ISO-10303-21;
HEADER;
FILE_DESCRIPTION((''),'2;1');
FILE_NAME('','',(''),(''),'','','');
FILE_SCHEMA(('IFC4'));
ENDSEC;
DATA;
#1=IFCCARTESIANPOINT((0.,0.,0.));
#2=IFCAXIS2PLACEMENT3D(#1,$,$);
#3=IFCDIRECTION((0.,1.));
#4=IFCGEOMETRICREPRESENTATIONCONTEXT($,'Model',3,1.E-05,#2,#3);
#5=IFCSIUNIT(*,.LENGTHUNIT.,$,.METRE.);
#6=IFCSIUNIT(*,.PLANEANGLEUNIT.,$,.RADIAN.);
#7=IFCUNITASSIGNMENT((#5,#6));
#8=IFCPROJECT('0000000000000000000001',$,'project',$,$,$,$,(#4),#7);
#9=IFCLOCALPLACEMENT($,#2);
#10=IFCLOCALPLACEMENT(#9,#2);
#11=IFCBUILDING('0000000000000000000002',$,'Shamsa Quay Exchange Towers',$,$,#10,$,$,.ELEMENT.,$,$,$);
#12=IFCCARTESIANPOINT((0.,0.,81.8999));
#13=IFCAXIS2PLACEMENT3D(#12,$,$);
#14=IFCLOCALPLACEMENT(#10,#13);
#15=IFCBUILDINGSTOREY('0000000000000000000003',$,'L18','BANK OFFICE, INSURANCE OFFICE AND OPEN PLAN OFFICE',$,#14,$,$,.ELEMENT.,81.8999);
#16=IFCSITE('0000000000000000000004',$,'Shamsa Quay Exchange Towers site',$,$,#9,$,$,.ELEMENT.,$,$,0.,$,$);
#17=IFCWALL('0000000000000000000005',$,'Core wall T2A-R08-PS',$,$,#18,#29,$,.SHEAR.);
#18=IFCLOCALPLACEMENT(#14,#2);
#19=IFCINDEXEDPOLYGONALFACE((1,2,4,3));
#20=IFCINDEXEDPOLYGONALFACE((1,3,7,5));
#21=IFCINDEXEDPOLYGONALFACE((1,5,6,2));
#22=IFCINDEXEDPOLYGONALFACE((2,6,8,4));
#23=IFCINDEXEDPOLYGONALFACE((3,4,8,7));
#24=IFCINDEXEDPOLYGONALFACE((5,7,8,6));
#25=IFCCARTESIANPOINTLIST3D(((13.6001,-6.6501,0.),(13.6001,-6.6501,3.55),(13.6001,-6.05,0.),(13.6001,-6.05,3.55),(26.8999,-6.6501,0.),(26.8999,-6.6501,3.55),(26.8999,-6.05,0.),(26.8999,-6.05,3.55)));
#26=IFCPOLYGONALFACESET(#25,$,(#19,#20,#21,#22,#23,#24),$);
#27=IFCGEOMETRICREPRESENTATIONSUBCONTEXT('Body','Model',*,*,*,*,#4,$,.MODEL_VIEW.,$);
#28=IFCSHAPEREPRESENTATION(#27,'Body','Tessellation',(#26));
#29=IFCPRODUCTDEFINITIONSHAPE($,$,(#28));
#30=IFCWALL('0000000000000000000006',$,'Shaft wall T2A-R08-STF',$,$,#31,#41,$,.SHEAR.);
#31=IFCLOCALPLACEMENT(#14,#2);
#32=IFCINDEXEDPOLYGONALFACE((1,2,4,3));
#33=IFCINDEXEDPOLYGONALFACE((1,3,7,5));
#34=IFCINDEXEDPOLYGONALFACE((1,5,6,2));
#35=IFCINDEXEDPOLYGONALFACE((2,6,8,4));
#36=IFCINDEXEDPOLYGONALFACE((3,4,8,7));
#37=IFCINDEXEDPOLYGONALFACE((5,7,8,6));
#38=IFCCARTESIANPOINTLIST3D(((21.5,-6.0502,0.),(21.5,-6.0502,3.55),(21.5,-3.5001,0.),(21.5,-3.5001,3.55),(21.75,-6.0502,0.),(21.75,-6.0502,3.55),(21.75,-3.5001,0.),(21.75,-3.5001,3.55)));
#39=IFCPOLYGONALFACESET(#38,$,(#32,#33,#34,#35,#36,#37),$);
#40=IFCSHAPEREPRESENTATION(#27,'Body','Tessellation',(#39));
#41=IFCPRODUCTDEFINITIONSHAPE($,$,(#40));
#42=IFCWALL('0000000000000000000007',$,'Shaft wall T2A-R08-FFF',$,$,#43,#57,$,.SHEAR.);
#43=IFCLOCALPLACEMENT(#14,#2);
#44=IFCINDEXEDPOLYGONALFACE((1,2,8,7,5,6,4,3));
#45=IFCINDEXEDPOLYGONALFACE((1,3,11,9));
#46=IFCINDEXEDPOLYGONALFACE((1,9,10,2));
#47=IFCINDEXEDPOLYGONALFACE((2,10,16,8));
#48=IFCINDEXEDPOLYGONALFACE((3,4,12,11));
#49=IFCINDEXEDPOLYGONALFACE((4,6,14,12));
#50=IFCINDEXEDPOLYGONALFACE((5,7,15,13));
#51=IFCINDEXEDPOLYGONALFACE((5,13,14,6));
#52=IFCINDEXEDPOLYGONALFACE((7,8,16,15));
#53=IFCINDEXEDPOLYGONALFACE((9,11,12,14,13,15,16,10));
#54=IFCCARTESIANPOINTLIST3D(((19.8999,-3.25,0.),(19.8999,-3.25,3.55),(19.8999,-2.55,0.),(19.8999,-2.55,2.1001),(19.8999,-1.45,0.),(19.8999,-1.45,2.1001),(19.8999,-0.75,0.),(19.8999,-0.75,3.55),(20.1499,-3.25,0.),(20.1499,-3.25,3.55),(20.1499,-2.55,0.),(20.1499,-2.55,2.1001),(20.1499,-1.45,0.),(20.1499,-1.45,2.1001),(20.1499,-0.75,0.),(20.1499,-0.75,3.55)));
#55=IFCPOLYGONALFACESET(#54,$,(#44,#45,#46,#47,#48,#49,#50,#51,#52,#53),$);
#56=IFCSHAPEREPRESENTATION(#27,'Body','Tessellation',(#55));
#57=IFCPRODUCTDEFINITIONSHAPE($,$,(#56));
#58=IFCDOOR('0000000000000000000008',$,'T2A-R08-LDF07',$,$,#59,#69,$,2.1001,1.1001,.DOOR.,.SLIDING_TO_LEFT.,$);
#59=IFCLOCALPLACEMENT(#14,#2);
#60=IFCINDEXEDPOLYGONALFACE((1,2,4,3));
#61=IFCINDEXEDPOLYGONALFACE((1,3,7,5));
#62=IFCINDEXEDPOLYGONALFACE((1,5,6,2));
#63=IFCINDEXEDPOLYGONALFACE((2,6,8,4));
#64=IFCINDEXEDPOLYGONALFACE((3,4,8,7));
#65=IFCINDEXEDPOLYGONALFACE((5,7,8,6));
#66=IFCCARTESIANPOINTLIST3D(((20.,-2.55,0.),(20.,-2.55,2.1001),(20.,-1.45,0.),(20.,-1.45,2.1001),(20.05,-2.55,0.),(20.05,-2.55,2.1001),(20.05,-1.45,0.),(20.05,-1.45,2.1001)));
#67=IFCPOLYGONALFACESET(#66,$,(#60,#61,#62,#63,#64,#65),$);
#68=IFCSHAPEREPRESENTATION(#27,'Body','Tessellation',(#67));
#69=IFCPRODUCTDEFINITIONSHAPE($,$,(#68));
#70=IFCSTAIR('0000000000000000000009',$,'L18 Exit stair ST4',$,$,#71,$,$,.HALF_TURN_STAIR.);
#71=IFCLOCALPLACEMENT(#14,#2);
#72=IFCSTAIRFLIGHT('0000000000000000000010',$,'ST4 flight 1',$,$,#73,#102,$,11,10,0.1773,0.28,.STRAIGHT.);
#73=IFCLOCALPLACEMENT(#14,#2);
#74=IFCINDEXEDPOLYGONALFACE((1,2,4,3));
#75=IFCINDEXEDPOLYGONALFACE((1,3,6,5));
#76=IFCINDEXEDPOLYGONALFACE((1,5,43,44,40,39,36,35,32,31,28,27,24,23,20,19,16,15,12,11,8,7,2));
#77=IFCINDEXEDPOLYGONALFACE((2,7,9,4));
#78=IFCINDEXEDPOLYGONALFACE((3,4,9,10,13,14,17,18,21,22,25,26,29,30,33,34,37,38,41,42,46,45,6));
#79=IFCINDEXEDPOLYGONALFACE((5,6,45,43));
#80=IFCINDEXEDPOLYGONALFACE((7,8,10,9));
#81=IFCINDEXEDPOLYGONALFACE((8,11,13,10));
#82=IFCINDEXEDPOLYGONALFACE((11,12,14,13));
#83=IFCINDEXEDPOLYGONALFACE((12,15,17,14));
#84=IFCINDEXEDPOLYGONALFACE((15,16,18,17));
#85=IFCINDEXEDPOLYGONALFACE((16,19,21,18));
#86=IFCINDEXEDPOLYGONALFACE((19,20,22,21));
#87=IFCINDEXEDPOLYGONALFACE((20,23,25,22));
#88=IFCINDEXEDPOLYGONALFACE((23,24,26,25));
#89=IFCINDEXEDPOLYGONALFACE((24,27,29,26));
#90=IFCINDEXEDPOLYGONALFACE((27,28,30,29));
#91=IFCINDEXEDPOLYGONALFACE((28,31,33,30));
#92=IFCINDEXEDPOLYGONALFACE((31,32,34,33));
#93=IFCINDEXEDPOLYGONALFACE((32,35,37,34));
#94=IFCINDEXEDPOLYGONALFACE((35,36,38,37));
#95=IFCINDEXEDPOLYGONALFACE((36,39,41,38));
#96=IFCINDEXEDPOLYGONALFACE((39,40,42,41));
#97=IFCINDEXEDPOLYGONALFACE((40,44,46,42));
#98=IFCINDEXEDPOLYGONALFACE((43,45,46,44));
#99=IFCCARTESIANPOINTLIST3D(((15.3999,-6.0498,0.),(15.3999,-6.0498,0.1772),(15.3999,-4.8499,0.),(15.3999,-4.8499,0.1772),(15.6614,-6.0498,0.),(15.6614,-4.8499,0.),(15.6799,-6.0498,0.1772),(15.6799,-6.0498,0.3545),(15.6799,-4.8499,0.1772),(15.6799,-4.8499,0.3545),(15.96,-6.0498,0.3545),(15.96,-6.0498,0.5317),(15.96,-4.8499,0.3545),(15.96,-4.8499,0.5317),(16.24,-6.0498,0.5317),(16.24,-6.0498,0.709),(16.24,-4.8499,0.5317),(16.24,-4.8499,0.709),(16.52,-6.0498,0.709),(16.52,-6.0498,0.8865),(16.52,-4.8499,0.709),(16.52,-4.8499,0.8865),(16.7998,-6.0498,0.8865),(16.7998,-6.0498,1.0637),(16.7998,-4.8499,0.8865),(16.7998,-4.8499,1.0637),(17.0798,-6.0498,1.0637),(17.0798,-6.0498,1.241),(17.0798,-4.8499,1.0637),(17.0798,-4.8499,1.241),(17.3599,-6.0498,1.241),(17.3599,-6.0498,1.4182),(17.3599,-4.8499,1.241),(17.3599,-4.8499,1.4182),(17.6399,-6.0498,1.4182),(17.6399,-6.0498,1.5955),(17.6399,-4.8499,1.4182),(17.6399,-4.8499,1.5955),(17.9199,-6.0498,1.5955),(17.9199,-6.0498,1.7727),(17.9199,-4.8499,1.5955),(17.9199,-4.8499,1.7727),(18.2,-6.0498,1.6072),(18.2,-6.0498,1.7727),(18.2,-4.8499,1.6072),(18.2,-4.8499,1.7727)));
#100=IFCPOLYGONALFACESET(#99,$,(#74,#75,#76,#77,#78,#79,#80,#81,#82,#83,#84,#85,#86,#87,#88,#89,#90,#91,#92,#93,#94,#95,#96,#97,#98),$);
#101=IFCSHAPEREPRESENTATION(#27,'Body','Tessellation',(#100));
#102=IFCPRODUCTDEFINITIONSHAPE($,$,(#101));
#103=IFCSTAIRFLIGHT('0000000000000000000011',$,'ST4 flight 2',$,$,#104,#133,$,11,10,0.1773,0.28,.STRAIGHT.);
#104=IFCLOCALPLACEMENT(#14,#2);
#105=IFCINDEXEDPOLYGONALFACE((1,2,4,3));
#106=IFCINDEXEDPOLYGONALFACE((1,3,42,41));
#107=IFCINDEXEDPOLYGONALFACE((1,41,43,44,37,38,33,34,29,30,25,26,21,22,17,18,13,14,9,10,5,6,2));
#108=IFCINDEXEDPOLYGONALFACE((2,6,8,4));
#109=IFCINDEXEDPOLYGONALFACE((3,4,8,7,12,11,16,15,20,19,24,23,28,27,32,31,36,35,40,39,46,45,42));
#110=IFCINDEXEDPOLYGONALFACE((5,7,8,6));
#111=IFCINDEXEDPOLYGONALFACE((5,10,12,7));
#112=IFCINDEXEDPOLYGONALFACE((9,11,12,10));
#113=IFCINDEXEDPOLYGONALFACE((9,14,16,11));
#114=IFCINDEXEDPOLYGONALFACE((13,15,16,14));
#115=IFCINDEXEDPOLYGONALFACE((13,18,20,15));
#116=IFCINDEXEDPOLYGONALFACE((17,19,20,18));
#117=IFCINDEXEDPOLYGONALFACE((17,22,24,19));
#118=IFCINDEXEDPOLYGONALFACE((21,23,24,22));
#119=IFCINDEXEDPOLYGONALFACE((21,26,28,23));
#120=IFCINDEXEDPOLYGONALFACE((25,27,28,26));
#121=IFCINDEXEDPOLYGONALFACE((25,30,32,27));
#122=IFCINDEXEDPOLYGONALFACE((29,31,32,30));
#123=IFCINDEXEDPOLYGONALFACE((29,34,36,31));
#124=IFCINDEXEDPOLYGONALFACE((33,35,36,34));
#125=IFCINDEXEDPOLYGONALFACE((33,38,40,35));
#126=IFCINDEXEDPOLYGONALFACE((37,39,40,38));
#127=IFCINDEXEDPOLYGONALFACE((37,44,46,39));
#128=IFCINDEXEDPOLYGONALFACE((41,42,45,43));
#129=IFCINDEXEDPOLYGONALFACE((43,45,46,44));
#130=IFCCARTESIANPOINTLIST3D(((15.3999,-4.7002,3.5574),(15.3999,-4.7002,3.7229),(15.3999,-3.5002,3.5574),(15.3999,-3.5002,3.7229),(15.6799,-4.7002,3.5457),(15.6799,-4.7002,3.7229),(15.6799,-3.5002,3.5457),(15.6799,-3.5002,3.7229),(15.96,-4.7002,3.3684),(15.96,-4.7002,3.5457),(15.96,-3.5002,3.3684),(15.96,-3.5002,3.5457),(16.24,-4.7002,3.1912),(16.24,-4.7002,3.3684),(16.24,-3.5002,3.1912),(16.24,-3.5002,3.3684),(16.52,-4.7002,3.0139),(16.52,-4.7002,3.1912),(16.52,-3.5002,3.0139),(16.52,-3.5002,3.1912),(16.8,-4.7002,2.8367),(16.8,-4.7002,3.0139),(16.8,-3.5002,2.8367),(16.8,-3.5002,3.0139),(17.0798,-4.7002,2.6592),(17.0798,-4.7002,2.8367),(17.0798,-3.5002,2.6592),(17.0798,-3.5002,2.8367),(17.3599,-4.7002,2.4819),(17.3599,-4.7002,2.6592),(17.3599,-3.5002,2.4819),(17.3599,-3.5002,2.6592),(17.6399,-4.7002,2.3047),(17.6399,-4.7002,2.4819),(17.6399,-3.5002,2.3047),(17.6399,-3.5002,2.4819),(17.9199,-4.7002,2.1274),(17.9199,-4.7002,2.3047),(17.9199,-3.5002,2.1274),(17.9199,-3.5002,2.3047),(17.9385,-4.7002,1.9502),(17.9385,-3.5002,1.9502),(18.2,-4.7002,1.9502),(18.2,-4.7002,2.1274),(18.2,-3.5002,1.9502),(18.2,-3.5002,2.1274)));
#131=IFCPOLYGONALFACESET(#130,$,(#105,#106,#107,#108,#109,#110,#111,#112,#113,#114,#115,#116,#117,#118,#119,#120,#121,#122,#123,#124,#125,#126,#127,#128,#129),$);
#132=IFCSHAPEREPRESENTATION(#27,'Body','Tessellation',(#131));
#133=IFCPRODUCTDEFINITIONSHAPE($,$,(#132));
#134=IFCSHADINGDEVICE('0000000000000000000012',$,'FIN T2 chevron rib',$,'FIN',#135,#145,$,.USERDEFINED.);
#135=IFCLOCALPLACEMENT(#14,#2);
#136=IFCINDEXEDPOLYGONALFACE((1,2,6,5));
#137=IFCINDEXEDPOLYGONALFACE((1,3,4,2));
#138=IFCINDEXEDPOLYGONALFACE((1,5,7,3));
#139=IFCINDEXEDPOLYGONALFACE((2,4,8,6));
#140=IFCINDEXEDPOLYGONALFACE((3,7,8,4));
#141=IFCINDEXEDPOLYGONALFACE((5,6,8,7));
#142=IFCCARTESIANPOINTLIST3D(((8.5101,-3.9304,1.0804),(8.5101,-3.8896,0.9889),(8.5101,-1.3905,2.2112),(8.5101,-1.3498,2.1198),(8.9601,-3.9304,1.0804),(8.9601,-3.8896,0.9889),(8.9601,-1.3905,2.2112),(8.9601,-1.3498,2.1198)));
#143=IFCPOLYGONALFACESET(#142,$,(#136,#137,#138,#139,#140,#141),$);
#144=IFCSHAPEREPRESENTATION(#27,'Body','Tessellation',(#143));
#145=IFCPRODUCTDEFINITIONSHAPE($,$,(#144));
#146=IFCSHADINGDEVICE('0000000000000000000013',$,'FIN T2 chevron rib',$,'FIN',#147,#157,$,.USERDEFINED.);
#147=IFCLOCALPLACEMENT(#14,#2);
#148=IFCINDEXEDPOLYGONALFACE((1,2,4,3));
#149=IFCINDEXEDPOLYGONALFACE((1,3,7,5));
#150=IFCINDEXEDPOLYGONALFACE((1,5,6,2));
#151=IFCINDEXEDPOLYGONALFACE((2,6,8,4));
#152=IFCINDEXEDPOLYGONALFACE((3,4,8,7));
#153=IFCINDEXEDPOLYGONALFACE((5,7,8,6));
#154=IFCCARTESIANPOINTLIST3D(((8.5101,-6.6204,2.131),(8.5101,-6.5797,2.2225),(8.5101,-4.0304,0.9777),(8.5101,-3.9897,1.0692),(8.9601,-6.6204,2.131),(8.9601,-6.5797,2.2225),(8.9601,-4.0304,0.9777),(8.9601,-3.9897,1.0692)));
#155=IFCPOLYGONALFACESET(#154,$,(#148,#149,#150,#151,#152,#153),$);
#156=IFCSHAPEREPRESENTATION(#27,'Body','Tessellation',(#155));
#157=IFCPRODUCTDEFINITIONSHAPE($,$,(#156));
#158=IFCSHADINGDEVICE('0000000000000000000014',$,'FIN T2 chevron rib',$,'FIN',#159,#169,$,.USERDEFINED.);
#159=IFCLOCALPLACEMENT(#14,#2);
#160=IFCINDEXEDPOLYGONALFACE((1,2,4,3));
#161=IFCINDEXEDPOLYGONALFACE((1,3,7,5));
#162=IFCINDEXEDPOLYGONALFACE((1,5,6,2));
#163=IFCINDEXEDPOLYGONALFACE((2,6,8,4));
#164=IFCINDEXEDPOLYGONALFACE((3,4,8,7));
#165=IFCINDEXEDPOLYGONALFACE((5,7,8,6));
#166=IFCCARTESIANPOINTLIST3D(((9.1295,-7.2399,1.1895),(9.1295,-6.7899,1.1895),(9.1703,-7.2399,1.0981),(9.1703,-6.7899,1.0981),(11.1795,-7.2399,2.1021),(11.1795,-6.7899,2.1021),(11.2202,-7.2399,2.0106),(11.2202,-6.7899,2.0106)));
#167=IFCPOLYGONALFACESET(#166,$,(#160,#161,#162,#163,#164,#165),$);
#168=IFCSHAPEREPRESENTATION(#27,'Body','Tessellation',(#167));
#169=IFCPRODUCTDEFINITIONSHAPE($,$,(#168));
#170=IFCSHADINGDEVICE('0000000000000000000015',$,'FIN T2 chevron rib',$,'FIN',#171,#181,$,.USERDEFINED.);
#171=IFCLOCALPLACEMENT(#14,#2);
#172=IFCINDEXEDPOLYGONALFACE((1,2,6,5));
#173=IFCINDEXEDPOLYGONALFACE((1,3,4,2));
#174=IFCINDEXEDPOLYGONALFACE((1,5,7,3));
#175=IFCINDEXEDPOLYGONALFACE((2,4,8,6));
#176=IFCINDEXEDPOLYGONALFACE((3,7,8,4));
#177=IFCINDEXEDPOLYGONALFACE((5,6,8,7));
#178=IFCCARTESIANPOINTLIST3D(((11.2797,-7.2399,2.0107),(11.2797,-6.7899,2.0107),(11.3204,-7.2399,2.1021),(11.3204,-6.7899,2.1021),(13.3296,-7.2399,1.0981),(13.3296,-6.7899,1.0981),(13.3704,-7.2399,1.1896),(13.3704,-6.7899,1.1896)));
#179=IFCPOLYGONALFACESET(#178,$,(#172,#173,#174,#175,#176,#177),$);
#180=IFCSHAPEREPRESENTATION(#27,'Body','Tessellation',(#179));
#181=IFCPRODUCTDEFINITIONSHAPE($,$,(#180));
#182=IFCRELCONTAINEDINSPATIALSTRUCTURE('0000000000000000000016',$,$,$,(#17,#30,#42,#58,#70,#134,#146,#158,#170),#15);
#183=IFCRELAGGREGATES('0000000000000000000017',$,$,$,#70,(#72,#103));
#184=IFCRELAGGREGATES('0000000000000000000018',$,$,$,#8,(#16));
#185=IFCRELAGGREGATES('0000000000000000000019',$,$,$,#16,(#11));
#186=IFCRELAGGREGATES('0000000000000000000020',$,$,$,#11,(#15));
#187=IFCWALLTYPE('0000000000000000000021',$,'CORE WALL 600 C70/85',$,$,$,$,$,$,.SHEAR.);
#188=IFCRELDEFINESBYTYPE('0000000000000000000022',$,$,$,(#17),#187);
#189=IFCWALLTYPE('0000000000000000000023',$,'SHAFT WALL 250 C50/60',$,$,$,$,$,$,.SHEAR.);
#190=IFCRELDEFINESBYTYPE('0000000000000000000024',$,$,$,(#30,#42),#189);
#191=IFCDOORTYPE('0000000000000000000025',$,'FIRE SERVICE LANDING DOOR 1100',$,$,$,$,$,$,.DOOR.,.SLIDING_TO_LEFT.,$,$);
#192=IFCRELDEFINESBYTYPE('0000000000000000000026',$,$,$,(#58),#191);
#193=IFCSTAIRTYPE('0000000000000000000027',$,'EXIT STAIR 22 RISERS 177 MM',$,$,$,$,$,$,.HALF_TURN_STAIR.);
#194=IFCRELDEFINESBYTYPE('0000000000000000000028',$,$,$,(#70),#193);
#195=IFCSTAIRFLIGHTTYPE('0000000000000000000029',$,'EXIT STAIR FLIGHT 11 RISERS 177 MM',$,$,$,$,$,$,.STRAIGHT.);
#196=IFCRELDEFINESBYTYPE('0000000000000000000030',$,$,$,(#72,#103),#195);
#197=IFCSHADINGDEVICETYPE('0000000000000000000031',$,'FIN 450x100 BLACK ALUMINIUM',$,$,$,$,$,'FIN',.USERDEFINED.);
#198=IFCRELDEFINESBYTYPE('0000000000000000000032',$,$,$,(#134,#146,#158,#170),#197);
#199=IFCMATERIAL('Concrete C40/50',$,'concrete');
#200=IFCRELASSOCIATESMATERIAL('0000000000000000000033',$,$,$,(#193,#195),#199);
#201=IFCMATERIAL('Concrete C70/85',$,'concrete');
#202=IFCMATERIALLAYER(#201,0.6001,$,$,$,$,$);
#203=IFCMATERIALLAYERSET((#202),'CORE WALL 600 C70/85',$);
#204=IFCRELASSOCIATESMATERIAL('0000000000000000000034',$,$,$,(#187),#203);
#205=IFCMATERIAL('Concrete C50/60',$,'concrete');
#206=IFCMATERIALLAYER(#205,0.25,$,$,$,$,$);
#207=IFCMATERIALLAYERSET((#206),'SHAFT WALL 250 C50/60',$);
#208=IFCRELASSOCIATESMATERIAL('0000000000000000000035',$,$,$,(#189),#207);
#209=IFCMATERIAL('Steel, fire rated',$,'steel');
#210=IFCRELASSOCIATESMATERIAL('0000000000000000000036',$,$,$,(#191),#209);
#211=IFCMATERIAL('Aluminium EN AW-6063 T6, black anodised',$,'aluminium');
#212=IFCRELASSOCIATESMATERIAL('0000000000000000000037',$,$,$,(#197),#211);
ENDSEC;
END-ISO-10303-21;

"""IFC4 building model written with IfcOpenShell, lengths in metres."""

from ifc_helpers import new_model, si_unit, direction, frame, frame_2d, origin, origin_2d, place, context, subcontext, project, spatial, polyline, rectangle, outline, extrude, material, layer, layer_set, material_profile, profile_set, type_object, element, fill, aggregate, save


model = new_model("IFC4")

# Units and contexts
model_context = context("Model", 3, precision=1e-05, world=origin(), true_north=direction((0.0, 1.0)))
body_context = subcontext(model_context, "Body", "Model", "MODEL_VIEW")
ifc_project = project(units=[si_unit("LENGTHUNIT", "METRE"), si_unit("PLANEANGLEUNIT", "RADIAN")], contexts=[model_context])

# Site, building, storey
site_placement = place(None, origin())
site = spatial("IfcSite", under=ifc_project, at=site_placement, Name="Shamsa Quay Exchange Towers site", CompositionType="ELEMENT", RefElevation=0.0)
building_placement = place(site_placement, origin())
building = spatial("IfcBuilding", under=site, at=building_placement, Name="Shamsa Quay Exchange Towers", CompositionType="ELEMENT")
storey_placement = place(building_placement, frame((0.0, 0.0, 81.8999)))
storey = spatial("IfcBuildingStorey", under=building, at=storey_placement, Name="L18", Description="BANK OFFICE, INSURANCE OFFICE AND OPEN PLAN OFFICE", CompositionType="ELEMENT", Elevation=81.8999)

# Shared definitions
ifc_material_1 = material(Name="Aluminium EN AW-6063 T6, black anodised", Category="aluminium")

# Shared definitions
ifc_material_2 = material(Name="Concrete C40/50", Category="concrete")
stair_type = type_object("IfcStairType", Name="EXIT STAIR 22 RISERS 177 MM", PredefinedType="HALF_TURN_STAIR", material=ifc_material_2)

# Walls
ifc_material_3 = material(Name="Concrete C70/85", Category="concrete")
ifc_layer_1 = layer(ifc_material_3, 0.6001)
ifc_layer_set_1 = layer_set([ifc_layer_1], Name="CORE WALL 600 C70/85")
wall_type_1 = type_object("IfcWallType", Name="CORE WALL 600 C70/85", PredefinedType="SHEAR", material=ifc_layer_set_1)
wall_1_placement = place(storey_placement, frame((13.6001, -6.3501, 0.0)))
element("IfcWall", 1, at=wall_1_placement, inside=storey, type_object=wall_type_1, Name="Core wall T2A-R08-PS", PredefinedType="SHEAR", context=body_context, shape_type="SweptSolid", body=[
    extrude(rectangle(XDim=13.2998, YDim=0.6001, at=frame_2d((6.6499, 0.0))), origin(), (0.0, 0.0, 1.0), 3.55),
])
ifc_material_4 = material(Name="Concrete C50/60", Category="concrete")
ifc_layer_2 = layer(ifc_material_4, 0.25)
ifc_layer_set_2 = layer_set([ifc_layer_2], Name="SHAFT WALL 250 C50/60")
wall_type_2 = type_object("IfcWallType", Name="SHAFT WALL 250 C50/60", PredefinedType="SHEAR", material=ifc_layer_set_2)
wall_2_placement = place(storey_placement, frame((21.625, -6.05, 0.0), z_axis=(0.0, 0.0, 1.0), x_axis=(0.0, 1.0, 0.0)))
element("IfcWall", 2, at=wall_2_placement, inside=storey, type_object=wall_type_2, Name="Shaft wall T2A-R08-STF", PredefinedType="SHEAR", context=body_context, shape_type="SweptSolid", body=[
    extrude(rectangle(XDim=2.55, YDim=0.25, at=frame_2d((1.2749, 0.0))), origin(), (0.0, 0.0, 1.0), 3.55),
])

# Wall, opening, door
wall_3_placement = place(storey_placement, frame((20.0249, -3.25, 0.0), z_axis=(0.0, 0.0, 1.0), x_axis=(0.0, 1.0, 0.0)))
wall_3 = element("IfcWall", 3, at=wall_3_placement, inside=storey, type_object=wall_type_2, Name="Shaft wall T2A-R08-FFF", PredefinedType="SHEAR", context=body_context, shape_type="SweptSolid", body=[
    extrude(rectangle(XDim=2.5, YDim=0.25, at=frame_2d((1.25, 0.0))), origin(), (0.0, 0.0, 1.0), 3.55),
])
opening_placement = place(wall_3_placement, frame((0.7, 0.0, 0.0)))
opening = element("IfcOpeningElement", 4, at=opening_placement, cuts=wall_3, PredefinedType="OPENING", context=body_context, shape_type="SweptSolid", body=[
    extrude(rectangle(XDim=1.1001, YDim=2.1001, at=frame_2d((0.55, 1.05))), frame((0.0, 0.135, 0.0), z_axis=(0.0, -1.0, 0.0), x_axis=(1.0, 0.0, 0.0)), (0.0, 0.0, 1.0), 0.27),
])
ifc_material_5 = material(Name="Steel, fire rated", Category="steel")
door_type = type_object("IfcDoorType", Name="FIRE SERVICE LANDING DOOR 1100", OperationType="SLIDING_TO_LEFT", PredefinedType="DOOR", material=ifc_material_5)
door_placement = place(opening_placement, origin())
door = element("IfcDoor", 5, at=door_placement, inside=storey, type_object=door_type, Name="T2A-R08-LDF07", OperationType="SLIDING_TO_LEFT", OverallHeight=2.1001, OverallWidth=1.1001, PredefinedType="DOOR", context=body_context, shape_type="SweptSolid", body=[
    extrude(rectangle(XDim=1.1001, YDim=2.1001, at=frame_2d((0.55, 1.05))), frame((0.0, 0.0249, 0.0), z_axis=(0.0, -1.0, 0.0), x_axis=(1.0, 0.0, 0.0)), (0.0, 0.0, 1.0), 0.05),
])
fill(opening, door)

# Stair, stair flights
stair_1_placement = place(storey_placement, origin())
stair_1 = element("IfcStair", 6, at=stair_1_placement, inside=storey, type_object=stair_type, Name="L18 Exit stair ST4", PredefinedType="HALF_TURN_STAIR")
stair_flight_type = type_object("IfcStairFlightType", Name="EXIT STAIR FLIGHT 11 RISERS 177 MM", PredefinedType="STRAIGHT", material=ifc_material_2)
stair_flight_1_placement = place(storey_placement, frame((15.3999, -5.45, 0.0)))
stair_flight_1 = element("IfcStairFlight", 7, at=stair_flight_1_placement, type_object=stair_flight_type, Name="ST4 flight 1", NumberOfRisers=11, NumberOfTreads=10, PredefinedType="STRAIGHT", RiserHeight=0.1773, TreadLength=0.28, context=body_context, shape_type="SweptSolid", body=[
    extrude(outline(polyline([(0.0, 0.0), (0.0, 0.1772), (0.28, 0.1772), (0.28, 0.3545), (0.5601, 0.3545), (0.5601, 0.5317), (0.8401, 0.5317), (0.8401, 0.709), (1.1201, 0.709), (1.1201, 0.8865), (1.3999, 0.8865), (1.3999, 1.0637), (1.6799, 1.0637), (1.6799, 1.241), (1.96, 1.241), (1.96, 1.4182), (2.24, 1.4182), (2.24, 1.5955), (2.52, 1.5955), (2.52, 1.7727), (2.8, 1.7727), (2.8, 1.95), (2.8, 1.6072), (0.2615, 0.0), (0.0, 0.0)])), frame((0.0, 0.6001, 0.0), z_axis=(0.0, -1.0, 0.0), x_axis=(1.0, 0.0, 0.0)), (0.0, 0.0, 1.0), 1.2),
])
stair_flight_2_placement = place(storey_placement, frame((18.2, -4.1001, 1.9502), z_axis=(0.0, 0.0, 1.0), x_axis=(-1.0, 0.0, 0.0)))
stair_flight_2 = element("IfcStairFlight", 8, at=stair_flight_2_placement, type_object=stair_flight_type, Name="ST4 flight 2", NumberOfRisers=11, NumberOfTreads=10, PredefinedType="STRAIGHT", RiserHeight=0.1773, TreadLength=0.28, context=body_context, shape_type="SweptSolid", body=[
    extrude(outline(polyline([(0.0, 0.0), (0.0, 0.1772), (0.28, 0.1772), (0.28, 0.3545), (0.5601, 0.3545), (0.5601, 0.5317), (0.8401, 0.5317), (0.8401, 0.709), (1.1201, 0.709), (1.1201, 0.8865), (1.3999, 0.8865), (1.3999, 1.0637), (1.6799, 1.0637), (1.6799, 1.241), (1.96, 1.241), (1.96, 1.4182), (2.24, 1.4182), (2.24, 1.5955), (2.52, 1.5955), (2.52, 1.7727), (2.8, 1.7727), (2.8, 1.95), (2.8, 1.6072), (0.2615, 0.0), (0.0, 0.0)])), frame((0.0, 0.6001, 0.0), z_axis=(0.0, -1.0, 0.0), x_axis=(1.0, 0.0, 0.0)), (0.0, 0.0, 1.0), 1.2),
])
aggregate(stair_1, [stair_flight_1, stair_flight_2])

# Shading devices
ifc_material_profile_1 = material_profile(ifc_material_1, rectangle(XDim=0.45, YDim=0.1001, at=origin_2d()), Name="FIN450x100")
ifc_profile_set_1 = profile_set([ifc_material_profile_1], Name="Aluminium EN AW-6063 T6, black anodised")
shading_device_type = type_object("IfcShadingDeviceType", Name="FIN 450x100 BLACK ALUMINIUM", ElementType="FIN", PredefinedType="USERDEFINED", material=ifc_profile_set_1)
shading_device_1_placement = place(storey_placement, frame((8.7351, -1.3701, 2.1655), z_axis=(0.0, -0.913536, -0.406758), x_axis=(1.0, 0.0, 0.0)))
element("IfcShadingDevice", 9, at=shading_device_1_placement, inside=storey, type_object=shading_device_type, Name="FIN T2 chevron rib", ObjectType="FIN", PredefinedType="USERDEFINED", context=body_context, shape_type="SweptSolid", body=[
    extrude(rectangle(XDim=0.45, YDim=0.1001, at=origin_2d()), origin(), (0.0, 0.0, 1.0), 2.7803),
])
shading_device_2_placement = place(storey_placement, frame((8.7351, -4.01, 1.0234), z_axis=(0.0, -0.913527, 0.406778), x_axis=(1.0, 0.0, 0.0)))
element("IfcShadingDevice", 10, at=shading_device_2_placement, inside=storey, type_object=shading_device_type, Name="FIN T2 chevron rib", ObjectType="FIN", PredefinedType="USERDEFINED", context=body_context, shape_type="SweptSolid", body=[
    extrude(rectangle(XDim=0.45, YDim=0.1001, at=origin_2d()), origin(), (0.0, 0.0, 1.0), 2.8352),
])
for number, where, z_axis, x_axis, name in (
    (11, (9.1499, -7.0149, 1.1438), (0.913569, 0.0, 0.406684), (0.0, 1.0, 0.0), "FIN T2 chevron rib"),
    (12, (11.3, -7.0149, 2.0564), (0.913569, 0.0, -0.406684), (0.0, 1.0, 0.0), "FIN T2 chevron rib"),
):
    element("IfcShadingDevice", number, at=place(storey_placement, frame(where, z_axis=z_axis, x_axis=x_axis)), inside=storey, type_object=shading_device_type, Name=name, ObjectType="FIN", PredefinedType="USERDEFINED", context=body_context, shape_type="SweptSolid", body=[
        extrude(rectangle(XDim=0.45, YDim=0.1001, at=origin_2d()), origin(), (0.0, 0.0, 1.0), 2.2439),
    ])

save(model, "model.ifc")
